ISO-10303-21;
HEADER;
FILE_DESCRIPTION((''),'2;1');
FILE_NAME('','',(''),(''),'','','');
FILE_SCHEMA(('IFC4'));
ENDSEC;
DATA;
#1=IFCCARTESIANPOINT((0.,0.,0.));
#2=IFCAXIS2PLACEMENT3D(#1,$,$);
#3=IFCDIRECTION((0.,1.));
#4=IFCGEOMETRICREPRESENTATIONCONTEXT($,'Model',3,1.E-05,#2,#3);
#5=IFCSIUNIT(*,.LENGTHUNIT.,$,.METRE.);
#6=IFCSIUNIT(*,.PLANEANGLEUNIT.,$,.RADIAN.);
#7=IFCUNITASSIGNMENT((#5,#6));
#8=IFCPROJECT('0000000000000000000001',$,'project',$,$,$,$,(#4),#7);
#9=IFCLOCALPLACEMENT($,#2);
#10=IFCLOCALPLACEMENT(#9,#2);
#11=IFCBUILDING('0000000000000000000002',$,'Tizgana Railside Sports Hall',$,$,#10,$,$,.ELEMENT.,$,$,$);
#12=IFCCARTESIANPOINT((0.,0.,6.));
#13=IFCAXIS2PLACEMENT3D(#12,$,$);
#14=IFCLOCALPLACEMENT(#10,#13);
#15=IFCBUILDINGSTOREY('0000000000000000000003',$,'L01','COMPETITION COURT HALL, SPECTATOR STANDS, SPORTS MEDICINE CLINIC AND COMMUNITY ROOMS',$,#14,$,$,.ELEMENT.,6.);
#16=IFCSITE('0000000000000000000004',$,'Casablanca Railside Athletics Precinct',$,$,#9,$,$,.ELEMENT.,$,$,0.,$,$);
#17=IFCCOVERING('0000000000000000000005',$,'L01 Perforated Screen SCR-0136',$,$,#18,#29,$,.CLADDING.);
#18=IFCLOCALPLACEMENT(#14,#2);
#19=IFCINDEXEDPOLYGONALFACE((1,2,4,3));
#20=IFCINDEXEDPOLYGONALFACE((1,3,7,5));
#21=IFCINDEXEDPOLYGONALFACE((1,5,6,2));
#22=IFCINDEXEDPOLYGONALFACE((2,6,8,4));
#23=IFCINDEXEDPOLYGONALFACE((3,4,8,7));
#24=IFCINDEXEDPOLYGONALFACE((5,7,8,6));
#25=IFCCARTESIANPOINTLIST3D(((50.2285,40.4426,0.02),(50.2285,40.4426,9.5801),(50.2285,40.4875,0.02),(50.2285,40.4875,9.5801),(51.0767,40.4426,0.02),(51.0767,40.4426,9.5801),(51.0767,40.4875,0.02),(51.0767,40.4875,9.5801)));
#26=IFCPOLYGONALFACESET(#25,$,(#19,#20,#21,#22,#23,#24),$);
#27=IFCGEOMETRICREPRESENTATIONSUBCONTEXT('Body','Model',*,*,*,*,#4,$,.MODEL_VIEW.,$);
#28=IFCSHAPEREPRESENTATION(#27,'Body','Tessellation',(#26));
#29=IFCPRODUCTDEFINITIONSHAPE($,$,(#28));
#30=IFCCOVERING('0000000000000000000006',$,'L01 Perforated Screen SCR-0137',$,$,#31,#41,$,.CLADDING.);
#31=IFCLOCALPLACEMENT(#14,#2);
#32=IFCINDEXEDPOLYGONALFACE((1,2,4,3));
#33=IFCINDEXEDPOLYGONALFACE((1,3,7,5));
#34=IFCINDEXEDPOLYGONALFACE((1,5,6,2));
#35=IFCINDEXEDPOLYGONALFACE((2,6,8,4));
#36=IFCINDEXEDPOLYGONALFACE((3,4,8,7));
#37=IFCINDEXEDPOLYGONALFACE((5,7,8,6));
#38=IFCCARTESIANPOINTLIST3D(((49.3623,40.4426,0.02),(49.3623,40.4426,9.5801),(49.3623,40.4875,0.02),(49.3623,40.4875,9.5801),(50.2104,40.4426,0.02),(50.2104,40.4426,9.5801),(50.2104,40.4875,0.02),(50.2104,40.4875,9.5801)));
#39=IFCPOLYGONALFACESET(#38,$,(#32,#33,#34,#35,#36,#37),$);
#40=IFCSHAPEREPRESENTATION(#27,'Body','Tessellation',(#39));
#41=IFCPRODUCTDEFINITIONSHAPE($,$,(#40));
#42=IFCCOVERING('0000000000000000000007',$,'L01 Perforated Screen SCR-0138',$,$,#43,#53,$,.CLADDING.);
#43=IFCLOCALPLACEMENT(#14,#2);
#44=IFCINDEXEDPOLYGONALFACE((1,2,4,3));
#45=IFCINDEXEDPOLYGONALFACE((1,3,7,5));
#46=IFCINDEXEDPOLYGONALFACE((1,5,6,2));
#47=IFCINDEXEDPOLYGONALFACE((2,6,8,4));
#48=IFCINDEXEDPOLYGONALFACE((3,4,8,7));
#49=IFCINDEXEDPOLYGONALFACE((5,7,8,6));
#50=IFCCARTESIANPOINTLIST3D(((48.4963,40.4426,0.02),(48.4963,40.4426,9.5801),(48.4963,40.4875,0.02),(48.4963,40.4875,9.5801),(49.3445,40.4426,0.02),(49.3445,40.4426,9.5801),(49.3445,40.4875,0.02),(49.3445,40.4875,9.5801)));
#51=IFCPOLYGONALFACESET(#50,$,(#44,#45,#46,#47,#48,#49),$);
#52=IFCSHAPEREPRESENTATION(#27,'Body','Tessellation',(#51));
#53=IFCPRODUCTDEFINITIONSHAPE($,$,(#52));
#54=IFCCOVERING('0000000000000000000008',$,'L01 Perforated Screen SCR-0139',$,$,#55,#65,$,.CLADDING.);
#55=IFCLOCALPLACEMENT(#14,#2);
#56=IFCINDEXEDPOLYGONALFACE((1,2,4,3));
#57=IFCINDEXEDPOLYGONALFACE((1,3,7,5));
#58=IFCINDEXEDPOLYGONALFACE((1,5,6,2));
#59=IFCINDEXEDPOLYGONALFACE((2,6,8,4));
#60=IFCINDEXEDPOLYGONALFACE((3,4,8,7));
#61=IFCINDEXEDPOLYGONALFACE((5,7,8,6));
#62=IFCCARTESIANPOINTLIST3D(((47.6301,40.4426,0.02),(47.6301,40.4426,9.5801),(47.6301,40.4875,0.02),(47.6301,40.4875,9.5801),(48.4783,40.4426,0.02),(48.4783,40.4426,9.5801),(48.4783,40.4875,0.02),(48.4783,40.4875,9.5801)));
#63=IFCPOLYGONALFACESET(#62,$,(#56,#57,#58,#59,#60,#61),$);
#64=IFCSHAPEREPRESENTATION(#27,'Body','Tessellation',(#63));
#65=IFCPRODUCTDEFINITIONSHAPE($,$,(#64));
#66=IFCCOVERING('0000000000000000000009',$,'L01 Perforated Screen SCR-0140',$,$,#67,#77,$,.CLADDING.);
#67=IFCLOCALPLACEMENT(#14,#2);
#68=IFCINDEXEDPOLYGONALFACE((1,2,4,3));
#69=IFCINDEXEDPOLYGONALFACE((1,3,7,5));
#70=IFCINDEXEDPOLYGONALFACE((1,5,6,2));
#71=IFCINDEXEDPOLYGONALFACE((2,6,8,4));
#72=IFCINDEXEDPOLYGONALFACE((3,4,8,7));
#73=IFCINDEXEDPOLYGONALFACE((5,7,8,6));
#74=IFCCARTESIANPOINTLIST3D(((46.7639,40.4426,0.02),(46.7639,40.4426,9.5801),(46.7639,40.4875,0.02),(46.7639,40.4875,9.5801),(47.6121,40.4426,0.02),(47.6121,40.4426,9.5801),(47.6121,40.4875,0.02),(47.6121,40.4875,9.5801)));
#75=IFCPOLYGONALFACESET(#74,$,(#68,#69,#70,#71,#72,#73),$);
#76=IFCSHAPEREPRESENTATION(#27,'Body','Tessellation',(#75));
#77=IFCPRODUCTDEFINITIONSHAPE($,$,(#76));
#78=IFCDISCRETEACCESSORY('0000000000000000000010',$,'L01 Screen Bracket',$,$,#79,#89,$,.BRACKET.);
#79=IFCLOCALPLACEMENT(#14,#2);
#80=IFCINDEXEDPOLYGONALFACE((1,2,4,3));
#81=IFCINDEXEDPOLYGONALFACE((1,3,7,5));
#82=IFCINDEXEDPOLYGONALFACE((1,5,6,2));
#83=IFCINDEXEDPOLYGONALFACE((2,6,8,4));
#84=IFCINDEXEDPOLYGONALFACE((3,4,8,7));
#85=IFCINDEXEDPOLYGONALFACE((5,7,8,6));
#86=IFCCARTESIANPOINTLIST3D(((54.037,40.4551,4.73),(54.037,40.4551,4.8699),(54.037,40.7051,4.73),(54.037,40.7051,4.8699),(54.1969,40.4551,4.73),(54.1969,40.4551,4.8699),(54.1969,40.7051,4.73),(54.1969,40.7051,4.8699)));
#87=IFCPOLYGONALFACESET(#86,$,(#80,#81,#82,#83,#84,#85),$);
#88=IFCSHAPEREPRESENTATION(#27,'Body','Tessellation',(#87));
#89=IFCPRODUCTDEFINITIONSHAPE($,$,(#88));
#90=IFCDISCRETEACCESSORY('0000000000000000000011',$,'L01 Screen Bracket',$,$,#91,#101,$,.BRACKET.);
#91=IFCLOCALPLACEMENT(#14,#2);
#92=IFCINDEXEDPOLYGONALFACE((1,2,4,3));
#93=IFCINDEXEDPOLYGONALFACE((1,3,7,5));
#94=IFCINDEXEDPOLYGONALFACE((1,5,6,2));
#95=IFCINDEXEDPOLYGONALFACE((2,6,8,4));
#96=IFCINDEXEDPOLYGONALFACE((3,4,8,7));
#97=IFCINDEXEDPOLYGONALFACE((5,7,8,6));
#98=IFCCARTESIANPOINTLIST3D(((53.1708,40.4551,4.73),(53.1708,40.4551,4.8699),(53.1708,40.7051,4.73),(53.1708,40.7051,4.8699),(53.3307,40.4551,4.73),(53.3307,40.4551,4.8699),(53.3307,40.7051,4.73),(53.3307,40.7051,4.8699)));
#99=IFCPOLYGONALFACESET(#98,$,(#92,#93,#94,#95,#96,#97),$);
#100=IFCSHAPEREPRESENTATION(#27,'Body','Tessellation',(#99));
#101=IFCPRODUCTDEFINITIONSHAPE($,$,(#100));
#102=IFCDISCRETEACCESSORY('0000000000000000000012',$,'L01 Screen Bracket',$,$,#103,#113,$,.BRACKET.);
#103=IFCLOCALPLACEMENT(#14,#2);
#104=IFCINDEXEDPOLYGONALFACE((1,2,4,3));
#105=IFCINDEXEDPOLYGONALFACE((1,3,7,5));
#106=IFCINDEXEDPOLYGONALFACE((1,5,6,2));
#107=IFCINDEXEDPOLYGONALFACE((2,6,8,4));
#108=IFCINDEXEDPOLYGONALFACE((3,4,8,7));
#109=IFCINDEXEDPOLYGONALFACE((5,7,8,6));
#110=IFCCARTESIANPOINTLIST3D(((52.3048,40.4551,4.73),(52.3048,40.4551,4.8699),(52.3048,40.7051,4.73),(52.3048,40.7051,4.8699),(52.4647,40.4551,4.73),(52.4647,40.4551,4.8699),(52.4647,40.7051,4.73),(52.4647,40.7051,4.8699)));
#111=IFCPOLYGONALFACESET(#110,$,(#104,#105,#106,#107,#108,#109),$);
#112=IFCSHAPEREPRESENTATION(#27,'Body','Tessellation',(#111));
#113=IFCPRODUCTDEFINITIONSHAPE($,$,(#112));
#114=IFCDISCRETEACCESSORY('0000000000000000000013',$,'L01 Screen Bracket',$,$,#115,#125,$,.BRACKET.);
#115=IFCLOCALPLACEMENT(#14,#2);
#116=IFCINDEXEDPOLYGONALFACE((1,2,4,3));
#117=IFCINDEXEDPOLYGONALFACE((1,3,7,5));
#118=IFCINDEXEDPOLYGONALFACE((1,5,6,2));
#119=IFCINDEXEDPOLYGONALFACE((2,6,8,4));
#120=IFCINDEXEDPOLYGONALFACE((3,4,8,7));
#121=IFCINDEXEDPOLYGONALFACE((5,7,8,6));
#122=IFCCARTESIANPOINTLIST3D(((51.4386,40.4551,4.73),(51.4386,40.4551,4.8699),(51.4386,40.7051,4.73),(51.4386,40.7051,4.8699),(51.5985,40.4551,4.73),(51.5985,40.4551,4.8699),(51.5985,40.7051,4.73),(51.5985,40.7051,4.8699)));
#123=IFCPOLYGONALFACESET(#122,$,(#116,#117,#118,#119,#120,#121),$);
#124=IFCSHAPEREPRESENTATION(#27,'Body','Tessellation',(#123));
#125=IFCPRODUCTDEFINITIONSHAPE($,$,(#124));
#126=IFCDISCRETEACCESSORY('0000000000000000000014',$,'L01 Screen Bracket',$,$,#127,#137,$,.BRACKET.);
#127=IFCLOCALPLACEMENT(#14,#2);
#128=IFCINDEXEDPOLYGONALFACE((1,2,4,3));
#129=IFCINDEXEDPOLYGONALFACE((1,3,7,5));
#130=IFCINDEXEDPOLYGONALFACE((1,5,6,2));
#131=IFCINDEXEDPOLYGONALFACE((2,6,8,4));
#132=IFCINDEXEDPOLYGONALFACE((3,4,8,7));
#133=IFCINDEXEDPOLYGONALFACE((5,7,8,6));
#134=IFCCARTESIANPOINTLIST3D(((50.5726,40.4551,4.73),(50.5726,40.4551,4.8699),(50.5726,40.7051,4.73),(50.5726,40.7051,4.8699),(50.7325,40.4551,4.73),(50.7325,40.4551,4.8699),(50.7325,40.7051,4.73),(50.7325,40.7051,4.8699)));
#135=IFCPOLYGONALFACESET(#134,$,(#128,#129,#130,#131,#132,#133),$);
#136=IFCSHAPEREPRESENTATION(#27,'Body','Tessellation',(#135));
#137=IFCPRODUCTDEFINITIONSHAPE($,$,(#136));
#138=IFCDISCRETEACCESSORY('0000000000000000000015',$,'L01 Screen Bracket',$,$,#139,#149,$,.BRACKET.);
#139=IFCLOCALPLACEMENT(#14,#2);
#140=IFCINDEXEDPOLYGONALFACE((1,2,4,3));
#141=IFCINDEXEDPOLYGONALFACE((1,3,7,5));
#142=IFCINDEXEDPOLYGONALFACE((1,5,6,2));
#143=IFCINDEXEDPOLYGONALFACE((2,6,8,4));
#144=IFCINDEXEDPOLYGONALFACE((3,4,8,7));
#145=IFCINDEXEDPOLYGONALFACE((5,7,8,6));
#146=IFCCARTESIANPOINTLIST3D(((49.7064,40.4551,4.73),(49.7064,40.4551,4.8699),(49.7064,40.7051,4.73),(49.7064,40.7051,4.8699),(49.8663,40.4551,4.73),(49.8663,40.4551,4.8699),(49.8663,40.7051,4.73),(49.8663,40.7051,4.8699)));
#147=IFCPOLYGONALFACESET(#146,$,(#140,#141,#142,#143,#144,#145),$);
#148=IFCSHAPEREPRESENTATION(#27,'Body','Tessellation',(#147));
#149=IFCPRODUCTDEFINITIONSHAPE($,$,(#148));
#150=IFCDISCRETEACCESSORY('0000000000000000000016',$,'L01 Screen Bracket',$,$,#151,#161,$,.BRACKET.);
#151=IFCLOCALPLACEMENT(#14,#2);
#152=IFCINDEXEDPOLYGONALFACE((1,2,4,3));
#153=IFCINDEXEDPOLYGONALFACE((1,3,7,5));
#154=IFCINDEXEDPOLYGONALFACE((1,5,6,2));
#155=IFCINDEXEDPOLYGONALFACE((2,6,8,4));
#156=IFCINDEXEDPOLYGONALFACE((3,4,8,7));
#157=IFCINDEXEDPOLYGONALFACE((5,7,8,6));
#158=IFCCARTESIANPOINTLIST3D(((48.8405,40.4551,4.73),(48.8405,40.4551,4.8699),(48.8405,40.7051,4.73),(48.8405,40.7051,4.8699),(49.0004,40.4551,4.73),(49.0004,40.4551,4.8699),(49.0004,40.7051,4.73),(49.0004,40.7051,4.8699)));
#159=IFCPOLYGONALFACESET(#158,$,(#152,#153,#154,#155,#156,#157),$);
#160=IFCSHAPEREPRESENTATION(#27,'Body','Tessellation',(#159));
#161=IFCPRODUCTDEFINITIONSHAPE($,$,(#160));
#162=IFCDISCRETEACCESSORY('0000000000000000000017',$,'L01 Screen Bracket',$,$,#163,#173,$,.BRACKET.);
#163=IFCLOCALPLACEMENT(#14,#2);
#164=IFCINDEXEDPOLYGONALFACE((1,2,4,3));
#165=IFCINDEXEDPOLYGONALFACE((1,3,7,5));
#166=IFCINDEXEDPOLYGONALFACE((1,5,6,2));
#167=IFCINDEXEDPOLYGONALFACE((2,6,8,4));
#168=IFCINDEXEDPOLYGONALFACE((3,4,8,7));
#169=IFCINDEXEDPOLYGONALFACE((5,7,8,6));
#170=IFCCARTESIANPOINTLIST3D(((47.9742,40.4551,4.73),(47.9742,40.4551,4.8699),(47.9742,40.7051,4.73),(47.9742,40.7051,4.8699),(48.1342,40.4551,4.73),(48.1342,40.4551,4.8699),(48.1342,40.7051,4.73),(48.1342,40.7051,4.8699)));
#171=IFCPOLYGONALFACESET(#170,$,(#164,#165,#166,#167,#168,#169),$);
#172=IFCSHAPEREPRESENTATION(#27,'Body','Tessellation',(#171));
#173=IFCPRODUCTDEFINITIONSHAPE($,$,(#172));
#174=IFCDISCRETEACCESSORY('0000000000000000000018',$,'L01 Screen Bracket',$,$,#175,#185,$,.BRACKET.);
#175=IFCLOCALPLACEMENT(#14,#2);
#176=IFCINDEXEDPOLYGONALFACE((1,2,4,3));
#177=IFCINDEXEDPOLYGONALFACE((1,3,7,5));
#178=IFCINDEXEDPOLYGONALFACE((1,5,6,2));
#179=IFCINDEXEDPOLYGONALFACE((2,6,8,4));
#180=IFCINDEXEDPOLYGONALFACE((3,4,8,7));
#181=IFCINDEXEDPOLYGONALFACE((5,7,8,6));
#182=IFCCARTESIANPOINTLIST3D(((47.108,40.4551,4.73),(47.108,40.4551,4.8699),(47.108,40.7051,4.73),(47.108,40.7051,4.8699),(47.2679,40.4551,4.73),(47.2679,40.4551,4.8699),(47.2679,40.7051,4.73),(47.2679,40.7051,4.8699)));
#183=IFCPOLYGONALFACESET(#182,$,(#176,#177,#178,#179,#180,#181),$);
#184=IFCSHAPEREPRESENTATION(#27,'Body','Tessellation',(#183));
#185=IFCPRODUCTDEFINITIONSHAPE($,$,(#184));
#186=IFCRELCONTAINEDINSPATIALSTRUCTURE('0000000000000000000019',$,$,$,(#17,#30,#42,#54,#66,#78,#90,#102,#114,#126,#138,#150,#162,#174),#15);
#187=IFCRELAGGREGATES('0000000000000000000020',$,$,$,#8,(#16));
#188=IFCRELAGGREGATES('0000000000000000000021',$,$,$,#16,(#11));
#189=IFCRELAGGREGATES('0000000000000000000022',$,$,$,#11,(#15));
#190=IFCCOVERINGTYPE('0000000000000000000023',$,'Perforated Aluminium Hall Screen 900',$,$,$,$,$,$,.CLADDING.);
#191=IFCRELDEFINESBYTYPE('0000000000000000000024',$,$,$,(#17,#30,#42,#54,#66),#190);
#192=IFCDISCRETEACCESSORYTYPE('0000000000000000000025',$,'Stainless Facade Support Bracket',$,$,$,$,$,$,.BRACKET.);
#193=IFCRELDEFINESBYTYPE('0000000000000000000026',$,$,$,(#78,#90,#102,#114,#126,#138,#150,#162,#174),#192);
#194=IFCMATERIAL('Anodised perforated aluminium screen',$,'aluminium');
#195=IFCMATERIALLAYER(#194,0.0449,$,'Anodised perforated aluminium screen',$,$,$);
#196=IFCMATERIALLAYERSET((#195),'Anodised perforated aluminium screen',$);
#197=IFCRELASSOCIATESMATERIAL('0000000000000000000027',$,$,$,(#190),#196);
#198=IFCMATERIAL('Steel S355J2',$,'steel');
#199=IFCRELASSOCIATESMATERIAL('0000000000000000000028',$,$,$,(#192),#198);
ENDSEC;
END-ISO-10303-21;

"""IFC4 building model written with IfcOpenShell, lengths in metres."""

from ifc_helpers import new_model, si_unit, direction, frame, origin, origin_2d, place, context, subcontext, project, spatial, rectangle, extrude, material, layer, layer_set, type_object, element, save


model = new_model("IFC4")

# Units and contexts
model_context = context("Model", 3, precision=1e-05, world=origin(), true_north=direction((0.0, 1.0)))
body_context = subcontext(model_context, "Body", "Model", "MODEL_VIEW")
ifc_project = project(units=[si_unit("LENGTHUNIT", "METRE"), si_unit("PLANEANGLEUNIT", "RADIAN")], contexts=[model_context])

# Site, building, storey
site_placement = place(None, origin())
site = spatial("IfcSite", under=ifc_project, at=site_placement, Name="Casablanca Railside Athletics Precinct", CompositionType="ELEMENT", RefElevation=0.0)
building_placement = place(site_placement, origin())
building = spatial("IfcBuilding", under=site, at=building_placement, Name="Tizgana Railside Sports Hall", CompositionType="ELEMENT")
storey_placement = place(building_placement, frame((0.0, 0.0, 6.0)))
storey = spatial("IfcBuildingStorey", under=building, at=storey_placement, Name="L01", Description="COMPETITION COURT HALL, SPECTATOR STANDS, SPORTS MEDICINE CLINIC AND COMMUNITY ROOMS", CompositionType="ELEMENT", Elevation=6.0)

# Shared definitions
ifc_material_1 = material(Name="Steel S355J2", Category="steel")

# Coverings
ifc_material_2 = material(Name="Anodised perforated aluminium screen", Category="aluminium")
ifc_layer_1 = layer(ifc_material_2, 0.0449, Name="Anodised perforated aluminium screen")
ifc_layer_set_1 = layer_set([ifc_layer_1], Name="Anodised perforated aluminium screen")
covering_type = type_object("IfcCoveringType", Name="Perforated Aluminium Hall Screen 900", PredefinedType="CLADDING", material=ifc_layer_set_1)
for number, where, z_axis, x_axis, name in (
    (1, (50.6526, 40.4651, 0.02), (0.0, 0.0, 1.0), (-1.0, 0.0, 0.0), "L01 Perforated Screen SCR-0136"),
    (2, (49.7864, 40.4651, 0.02), (0.0, 0.0, 1.0), (-1.0, 0.0, 0.0), "L01 Perforated Screen SCR-0137"),
    (3, (48.9204, 40.4651, 0.02), (0.0, 0.0, 1.0), (-1.0, 0.0, 0.0), "L01 Perforated Screen SCR-0138"),
    (4, (48.0542, 40.4651, 0.02), (0.0, 0.0, 1.0), (-1.0, 0.0, 0.0), "L01 Perforated Screen SCR-0139"),
    (5, (47.188, 40.4651, 0.02), (0.0, 0.0, 1.0), (-1.0, 0.0, 0.0), "L01 Perforated Screen SCR-0140"),
):
    element("IfcCovering", number, at=place(storey_placement, frame(where, z_axis=z_axis, x_axis=x_axis)), inside=storey, type_object=covering_type, Name=name, PredefinedType="CLADDING", context=body_context, shape_type="SweptSolid", body=[
        extrude(rectangle(XDim=0.8481, YDim=0.0449, at=origin_2d()), origin(), (0.0, 0.0, 1.0), 9.5601),
    ])

# Discrete accessories
discrete_accessory_type = type_object("IfcDiscreteAccessoryType", Name="Stainless Facade Support Bracket", PredefinedType="BRACKET", material=ifc_material_1)
for number, where, z_axis, x_axis, name in (
    (6, (54.1169, 40.5801, 4.73), (0.0, 0.0, 1.0), (-1.0, 0.0, 0.0), "L01 Screen Bracket"),
    (7, (53.2507, 40.5801, 4.73), (0.0, 0.0, 1.0), (-1.0, 0.0, 0.0), "L01 Screen Bracket"),
    (8, (52.3848, 40.5801, 4.73), (0.0, 0.0, 1.0), (-1.0, 0.0, 0.0), "L01 Screen Bracket"),
    (9, (51.5186, 40.5801, 4.73), (0.0, 0.0, 1.0), (-1.0, 0.0, 0.0), "L01 Screen Bracket"),
    (10, (50.6526, 40.5801, 4.73), (0.0, 0.0, 1.0), (-1.0, 0.0, 0.0), "L01 Screen Bracket"),
    (11, (49.7864, 40.5801, 4.73), (0.0, 0.0, 1.0), (-1.0, 0.0, 0.0), "L01 Screen Bracket"),
    (12, (48.9204, 40.5801, 4.73), (0.0, 0.0, 1.0), (-1.0, 0.0, 0.0), "L01 Screen Bracket"),
    (13, (48.0542, 40.5801, 4.73), (0.0, 0.0, 1.0), (-1.0, 0.0, 0.0), "L01 Screen Bracket"),
    (14, (47.188, 40.5801, 4.73), (0.0, 0.0, 1.0), (-1.0, 0.0, 0.0), "L01 Screen Bracket"),
):
    element("IfcDiscreteAccessory", number, at=place(storey_placement, frame(where, z_axis=z_axis, x_axis=x_axis)), inside=storey, type_object=discrete_accessory_type, Name=name, PredefinedType="BRACKET", context=body_context, shape_type="SweptSolid", body=[
        extrude(rectangle(XDim=0.1599, YDim=0.25, at=origin_2d()), origin(), (0.0, 0.0, 1.0), 0.1399),
    ])

save(model, "model.ifc")
